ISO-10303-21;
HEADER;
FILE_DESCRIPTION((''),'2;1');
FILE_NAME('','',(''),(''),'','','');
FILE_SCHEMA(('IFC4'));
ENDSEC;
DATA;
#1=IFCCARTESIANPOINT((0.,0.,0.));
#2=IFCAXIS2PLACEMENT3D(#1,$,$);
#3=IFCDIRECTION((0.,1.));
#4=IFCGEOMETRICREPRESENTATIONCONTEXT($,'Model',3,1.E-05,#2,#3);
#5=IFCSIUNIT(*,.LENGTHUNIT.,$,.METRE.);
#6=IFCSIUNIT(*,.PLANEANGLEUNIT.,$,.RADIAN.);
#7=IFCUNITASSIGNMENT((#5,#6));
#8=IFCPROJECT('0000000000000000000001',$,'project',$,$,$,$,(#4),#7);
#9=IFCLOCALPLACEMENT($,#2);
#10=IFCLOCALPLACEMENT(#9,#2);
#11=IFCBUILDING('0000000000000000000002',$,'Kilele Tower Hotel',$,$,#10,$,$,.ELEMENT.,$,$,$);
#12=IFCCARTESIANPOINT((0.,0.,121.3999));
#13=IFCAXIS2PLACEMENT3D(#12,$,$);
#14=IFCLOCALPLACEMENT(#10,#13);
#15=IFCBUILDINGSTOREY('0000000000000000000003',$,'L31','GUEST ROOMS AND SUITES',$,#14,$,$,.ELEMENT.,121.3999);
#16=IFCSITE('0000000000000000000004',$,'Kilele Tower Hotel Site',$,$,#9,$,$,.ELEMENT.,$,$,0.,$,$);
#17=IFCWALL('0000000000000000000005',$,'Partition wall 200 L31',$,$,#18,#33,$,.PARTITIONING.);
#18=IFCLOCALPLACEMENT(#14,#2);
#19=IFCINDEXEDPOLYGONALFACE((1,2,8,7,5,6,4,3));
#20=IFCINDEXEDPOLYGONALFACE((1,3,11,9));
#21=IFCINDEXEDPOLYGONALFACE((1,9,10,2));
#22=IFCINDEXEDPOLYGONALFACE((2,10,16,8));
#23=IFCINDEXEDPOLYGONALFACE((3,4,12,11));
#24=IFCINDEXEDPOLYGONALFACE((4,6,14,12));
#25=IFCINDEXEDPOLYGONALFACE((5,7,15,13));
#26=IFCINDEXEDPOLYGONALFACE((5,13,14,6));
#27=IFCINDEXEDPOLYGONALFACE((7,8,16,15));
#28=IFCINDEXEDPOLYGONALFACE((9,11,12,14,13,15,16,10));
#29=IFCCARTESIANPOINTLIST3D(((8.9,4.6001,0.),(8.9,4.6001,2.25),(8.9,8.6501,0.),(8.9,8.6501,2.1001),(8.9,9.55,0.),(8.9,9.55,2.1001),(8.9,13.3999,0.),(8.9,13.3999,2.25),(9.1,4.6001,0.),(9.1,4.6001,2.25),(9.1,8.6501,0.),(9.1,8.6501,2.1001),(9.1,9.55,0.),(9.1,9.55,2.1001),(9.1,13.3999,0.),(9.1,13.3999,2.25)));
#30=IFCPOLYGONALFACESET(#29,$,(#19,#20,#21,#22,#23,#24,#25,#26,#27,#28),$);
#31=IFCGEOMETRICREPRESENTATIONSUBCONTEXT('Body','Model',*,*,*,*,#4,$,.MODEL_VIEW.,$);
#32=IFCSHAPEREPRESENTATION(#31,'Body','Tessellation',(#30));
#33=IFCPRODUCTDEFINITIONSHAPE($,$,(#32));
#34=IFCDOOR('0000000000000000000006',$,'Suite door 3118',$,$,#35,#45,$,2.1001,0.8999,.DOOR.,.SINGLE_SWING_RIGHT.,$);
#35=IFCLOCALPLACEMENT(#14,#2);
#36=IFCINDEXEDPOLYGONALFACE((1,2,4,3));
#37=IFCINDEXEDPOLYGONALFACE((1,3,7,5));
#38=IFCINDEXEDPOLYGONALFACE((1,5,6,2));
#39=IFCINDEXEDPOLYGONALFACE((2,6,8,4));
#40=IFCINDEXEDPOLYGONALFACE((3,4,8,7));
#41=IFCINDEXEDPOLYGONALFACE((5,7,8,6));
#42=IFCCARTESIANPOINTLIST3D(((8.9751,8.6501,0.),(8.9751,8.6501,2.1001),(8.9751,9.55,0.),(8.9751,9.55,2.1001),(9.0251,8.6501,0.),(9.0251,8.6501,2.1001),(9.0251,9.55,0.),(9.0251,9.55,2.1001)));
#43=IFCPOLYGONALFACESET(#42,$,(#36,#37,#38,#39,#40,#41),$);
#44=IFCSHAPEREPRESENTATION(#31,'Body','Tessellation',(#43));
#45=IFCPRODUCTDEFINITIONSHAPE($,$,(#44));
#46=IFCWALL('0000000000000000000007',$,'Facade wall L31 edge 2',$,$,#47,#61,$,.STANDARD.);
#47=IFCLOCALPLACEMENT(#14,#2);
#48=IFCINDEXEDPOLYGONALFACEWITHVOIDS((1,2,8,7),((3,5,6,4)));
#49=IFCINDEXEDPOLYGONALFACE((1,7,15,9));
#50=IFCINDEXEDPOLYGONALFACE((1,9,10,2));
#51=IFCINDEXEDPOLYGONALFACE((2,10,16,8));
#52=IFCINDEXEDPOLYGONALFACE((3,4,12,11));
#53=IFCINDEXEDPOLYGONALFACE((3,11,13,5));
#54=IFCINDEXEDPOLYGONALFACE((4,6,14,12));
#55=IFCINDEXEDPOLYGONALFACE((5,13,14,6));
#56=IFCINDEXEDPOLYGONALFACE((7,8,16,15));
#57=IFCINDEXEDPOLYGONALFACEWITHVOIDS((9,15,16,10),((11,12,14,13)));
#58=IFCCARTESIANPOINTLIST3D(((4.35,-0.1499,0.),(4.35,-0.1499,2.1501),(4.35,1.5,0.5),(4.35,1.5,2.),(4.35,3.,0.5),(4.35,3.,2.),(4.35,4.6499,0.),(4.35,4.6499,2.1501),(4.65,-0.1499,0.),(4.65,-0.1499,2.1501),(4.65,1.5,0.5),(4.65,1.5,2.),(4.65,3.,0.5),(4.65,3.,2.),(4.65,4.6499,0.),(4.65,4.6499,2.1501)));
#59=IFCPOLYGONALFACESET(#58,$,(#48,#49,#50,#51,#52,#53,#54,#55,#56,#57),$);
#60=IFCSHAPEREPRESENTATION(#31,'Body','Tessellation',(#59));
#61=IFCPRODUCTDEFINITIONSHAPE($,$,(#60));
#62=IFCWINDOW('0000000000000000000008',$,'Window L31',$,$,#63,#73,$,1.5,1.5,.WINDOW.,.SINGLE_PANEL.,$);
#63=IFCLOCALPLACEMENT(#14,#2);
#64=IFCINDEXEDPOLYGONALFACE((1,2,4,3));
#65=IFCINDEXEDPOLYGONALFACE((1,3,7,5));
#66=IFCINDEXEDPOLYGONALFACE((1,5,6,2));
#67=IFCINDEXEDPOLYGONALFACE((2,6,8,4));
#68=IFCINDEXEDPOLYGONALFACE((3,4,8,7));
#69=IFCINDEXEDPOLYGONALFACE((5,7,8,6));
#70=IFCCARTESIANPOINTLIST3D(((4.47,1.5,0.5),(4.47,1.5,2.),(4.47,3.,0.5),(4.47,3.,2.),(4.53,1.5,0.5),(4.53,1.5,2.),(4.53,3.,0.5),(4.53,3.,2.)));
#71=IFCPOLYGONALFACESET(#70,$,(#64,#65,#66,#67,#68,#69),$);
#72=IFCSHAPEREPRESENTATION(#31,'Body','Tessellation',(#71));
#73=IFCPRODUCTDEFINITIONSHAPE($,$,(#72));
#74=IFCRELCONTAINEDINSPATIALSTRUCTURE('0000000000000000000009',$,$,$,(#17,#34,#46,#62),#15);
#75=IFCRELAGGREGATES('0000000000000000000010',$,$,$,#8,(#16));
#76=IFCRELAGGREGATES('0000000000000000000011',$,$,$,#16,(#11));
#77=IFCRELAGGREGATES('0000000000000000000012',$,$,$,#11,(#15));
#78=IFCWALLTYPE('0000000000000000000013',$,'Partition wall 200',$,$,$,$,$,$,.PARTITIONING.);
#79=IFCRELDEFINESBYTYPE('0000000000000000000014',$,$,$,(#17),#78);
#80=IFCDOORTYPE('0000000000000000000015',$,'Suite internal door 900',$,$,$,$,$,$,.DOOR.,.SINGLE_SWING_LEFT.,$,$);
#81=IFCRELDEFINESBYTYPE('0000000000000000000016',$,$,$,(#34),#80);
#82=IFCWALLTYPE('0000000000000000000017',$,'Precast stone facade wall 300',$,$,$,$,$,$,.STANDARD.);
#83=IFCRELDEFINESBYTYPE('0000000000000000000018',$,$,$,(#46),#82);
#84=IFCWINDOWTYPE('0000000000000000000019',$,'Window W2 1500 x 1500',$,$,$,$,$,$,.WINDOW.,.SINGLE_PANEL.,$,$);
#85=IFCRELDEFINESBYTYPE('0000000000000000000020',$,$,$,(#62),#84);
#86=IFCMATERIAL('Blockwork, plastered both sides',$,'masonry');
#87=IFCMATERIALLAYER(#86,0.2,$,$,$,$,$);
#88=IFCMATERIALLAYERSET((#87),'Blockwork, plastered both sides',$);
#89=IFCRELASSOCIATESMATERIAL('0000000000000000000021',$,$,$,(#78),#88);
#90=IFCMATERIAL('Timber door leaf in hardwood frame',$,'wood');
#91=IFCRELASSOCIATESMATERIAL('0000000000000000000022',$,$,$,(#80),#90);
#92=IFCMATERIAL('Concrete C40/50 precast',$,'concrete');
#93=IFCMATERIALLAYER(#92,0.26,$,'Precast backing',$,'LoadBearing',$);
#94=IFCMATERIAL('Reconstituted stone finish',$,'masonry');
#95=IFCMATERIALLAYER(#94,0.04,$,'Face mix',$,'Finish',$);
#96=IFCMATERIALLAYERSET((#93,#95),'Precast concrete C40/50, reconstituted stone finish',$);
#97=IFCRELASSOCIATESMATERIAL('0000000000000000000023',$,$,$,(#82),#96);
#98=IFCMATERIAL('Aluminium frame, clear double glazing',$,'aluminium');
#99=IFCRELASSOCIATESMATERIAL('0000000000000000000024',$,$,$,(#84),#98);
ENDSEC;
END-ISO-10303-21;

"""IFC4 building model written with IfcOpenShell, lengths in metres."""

from ifc_helpers import new_model, si_unit, direction, frame, frame_2d, origin, place, context, subcontext, project, spatial, rectangle, extrude, material, layer, layer_set, type_object, element, fill, save


model = new_model("IFC4")

# Units and contexts
model_context = context("Model", 3, precision=1e-05, world=origin(), true_north=direction((0.0, 1.0)))
body_context = subcontext(model_context, "Body", "Model", "MODEL_VIEW")
ifc_project = project(units=[si_unit("LENGTHUNIT", "METRE"), si_unit("PLANEANGLEUNIT", "RADIAN")], contexts=[model_context])

# Site, building, storey
site_placement = place(None, origin())
site = spatial("IfcSite", under=ifc_project, at=site_placement, Name="Kilele Tower Hotel Site", CompositionType="ELEMENT", RefElevation=0.0)
building_placement = place(site_placement, origin())
building = spatial("IfcBuilding", under=site, at=building_placement, Name="Kilele Tower Hotel", CompositionType="ELEMENT")
storey_placement = place(building_placement, frame((0.0, 0.0, 121.3999)))
storey = spatial("IfcBuildingStorey", under=building, at=storey_placement, Name="L31", Description="GUEST ROOMS AND SUITES", CompositionType="ELEMENT", Elevation=121.3999)

# Wall, opening, door
ifc_material_1 = material(Name="Blockwork, plastered both sides", Category="masonry")
ifc_layer_1 = layer(ifc_material_1, 0.2)
ifc_layer_set_1 = layer_set([ifc_layer_1], Name="Blockwork, plastered both sides")
wall_type_1 = type_object("IfcWallType", Name="Partition wall 200", PredefinedType="PARTITIONING", material=ifc_layer_set_1)
wall_1_placement = place(storey_placement, frame((9.0, 4.6001, 0.0), z_axis=(0.0, 0.0, 1.0), x_axis=(0.0, 1.0, 0.0)))
wall_1 = element("IfcWall", 1, at=wall_1_placement, inside=storey, type_object=wall_type_1, Name="Partition wall 200 L31", PredefinedType="PARTITIONING", context=body_context, shape_type="SweptSolid", body=[
    extrude(rectangle(XDim=8.7998, YDim=0.2, at=frame_2d((4.3999, 0.0))), origin(), (0.0, 0.0, 1.0), 2.25),
])
opening_1_placement = place(wall_1_placement, frame((4.05, 0.0, 0.0)))
opening_1 = element("IfcOpeningElement", 2, at=opening_1_placement, cuts=wall_1, PredefinedType="OPENING", context=body_context, shape_type="SweptSolid", body=[
    extrude(rectangle(XDim=0.8999, YDim=2.1001, at=frame_2d((0.45, 1.05))), frame((0.0, 0.1099, 0.0), z_axis=(0.0, -1.0, 0.0), x_axis=(1.0, 0.0, 0.0)), (0.0, 0.0, 1.0), 0.22),
])
ifc_material_2 = material(Name="Timber door leaf in hardwood frame", Category="wood")
door_type = type_object("IfcDoorType", Name="Suite internal door 900", OperationType="SINGLE_SWING_LEFT", PredefinedType="DOOR", material=ifc_material_2)
door_placement = place(opening_1_placement, origin())
door = element("IfcDoor", 3, at=door_placement, inside=storey, type_object=door_type, Name="Suite door 3118", OperationType="SINGLE_SWING_RIGHT", OverallHeight=2.1001, OverallWidth=0.8999, PredefinedType="DOOR", context=body_context, shape_type="SweptSolid", body=[
    extrude(rectangle(XDim=0.8999, YDim=2.1001, at=frame_2d((0.45, 1.05))), frame((0.0, 0.0249, 0.0), z_axis=(0.0, -1.0, 0.0), x_axis=(1.0, 0.0, 0.0)), (0.0, 0.0, 1.0), 0.05),
])
fill(opening_1, door)

# Wall, opening, window
ifc_material_3 = material(Name="Concrete C40/50 precast", Category="concrete")
ifc_layer_2 = layer(ifc_material_3, 0.26, Name="Precast backing", Category="LoadBearing")
ifc_material_4 = material(Name="Reconstituted stone finish", Category="masonry")
ifc_layer_3 = layer(ifc_material_4, 0.04, Name="Face mix", Category="Finish")
ifc_layer_set_2 = layer_set([ifc_layer_2, ifc_layer_3], Name="Precast concrete C40/50, reconstituted stone finish")
wall_type_2 = type_object("IfcWallType", Name="Precast stone facade wall 300", PredefinedType="STANDARD", material=ifc_layer_set_2)
wall_2_placement = place(storey_placement, frame((4.5, 4.6499, 0.0), z_axis=(0.0, 0.0, 1.0), x_axis=(0.0, -1.0, 0.0)))
wall_2 = element("IfcWall", 4, at=wall_2_placement, inside=storey, type_object=wall_type_2, Name="Facade wall L31 edge 2", PredefinedType="STANDARD", context=body_context, shape_type="SweptSolid", body=[
    extrude(rectangle(XDim=4.7998, YDim=0.3, at=frame_2d((2.3999, 0.0))), origin(), (0.0, 0.0, 1.0), 2.1501),
])
opening_2_placement = place(wall_2_placement, frame((1.6499, 0.0, 0.5)))
opening_2 = element("IfcOpeningElement", 5, at=opening_2_placement, cuts=wall_2, PredefinedType="OPENING", context=body_context, shape_type="SweptSolid", body=[
    extrude(rectangle(XDim=1.5, YDim=1.5, at=frame_2d((0.75, 0.75))), frame((0.0, 0.1599, 0.0), z_axis=(0.0, -1.0, 0.0), x_axis=(1.0, 0.0, 0.0)), (0.0, 0.0, 1.0), 0.3201),
])
ifc_material_5 = material(Name="Aluminium frame, clear double glazing", Category="aluminium")
window_type = type_object("IfcWindowType", Name="Window W2 1500 x 1500", PartitioningType="SINGLE_PANEL", PredefinedType="WINDOW", material=ifc_material_5)
window_placement = place(opening_2_placement, origin())
window = element("IfcWindow", 6, at=window_placement, inside=storey, type_object=window_type, Name="Window L31", OverallHeight=1.5, OverallWidth=1.5, PartitioningType="SINGLE_PANEL", PredefinedType="WINDOW", context=body_context, shape_type="SweptSolid", body=[
    extrude(rectangle(XDim=1.5, YDim=1.5, at=frame_2d((0.75, 0.75))), frame((0.0, 0.03, 0.0), z_axis=(0.0, -1.0, 0.0), x_axis=(1.0, 0.0, 0.0)), (0.0, 0.0, 1.0), 0.0601),
])
fill(opening_2, window)

save(model, "model.ifc")
